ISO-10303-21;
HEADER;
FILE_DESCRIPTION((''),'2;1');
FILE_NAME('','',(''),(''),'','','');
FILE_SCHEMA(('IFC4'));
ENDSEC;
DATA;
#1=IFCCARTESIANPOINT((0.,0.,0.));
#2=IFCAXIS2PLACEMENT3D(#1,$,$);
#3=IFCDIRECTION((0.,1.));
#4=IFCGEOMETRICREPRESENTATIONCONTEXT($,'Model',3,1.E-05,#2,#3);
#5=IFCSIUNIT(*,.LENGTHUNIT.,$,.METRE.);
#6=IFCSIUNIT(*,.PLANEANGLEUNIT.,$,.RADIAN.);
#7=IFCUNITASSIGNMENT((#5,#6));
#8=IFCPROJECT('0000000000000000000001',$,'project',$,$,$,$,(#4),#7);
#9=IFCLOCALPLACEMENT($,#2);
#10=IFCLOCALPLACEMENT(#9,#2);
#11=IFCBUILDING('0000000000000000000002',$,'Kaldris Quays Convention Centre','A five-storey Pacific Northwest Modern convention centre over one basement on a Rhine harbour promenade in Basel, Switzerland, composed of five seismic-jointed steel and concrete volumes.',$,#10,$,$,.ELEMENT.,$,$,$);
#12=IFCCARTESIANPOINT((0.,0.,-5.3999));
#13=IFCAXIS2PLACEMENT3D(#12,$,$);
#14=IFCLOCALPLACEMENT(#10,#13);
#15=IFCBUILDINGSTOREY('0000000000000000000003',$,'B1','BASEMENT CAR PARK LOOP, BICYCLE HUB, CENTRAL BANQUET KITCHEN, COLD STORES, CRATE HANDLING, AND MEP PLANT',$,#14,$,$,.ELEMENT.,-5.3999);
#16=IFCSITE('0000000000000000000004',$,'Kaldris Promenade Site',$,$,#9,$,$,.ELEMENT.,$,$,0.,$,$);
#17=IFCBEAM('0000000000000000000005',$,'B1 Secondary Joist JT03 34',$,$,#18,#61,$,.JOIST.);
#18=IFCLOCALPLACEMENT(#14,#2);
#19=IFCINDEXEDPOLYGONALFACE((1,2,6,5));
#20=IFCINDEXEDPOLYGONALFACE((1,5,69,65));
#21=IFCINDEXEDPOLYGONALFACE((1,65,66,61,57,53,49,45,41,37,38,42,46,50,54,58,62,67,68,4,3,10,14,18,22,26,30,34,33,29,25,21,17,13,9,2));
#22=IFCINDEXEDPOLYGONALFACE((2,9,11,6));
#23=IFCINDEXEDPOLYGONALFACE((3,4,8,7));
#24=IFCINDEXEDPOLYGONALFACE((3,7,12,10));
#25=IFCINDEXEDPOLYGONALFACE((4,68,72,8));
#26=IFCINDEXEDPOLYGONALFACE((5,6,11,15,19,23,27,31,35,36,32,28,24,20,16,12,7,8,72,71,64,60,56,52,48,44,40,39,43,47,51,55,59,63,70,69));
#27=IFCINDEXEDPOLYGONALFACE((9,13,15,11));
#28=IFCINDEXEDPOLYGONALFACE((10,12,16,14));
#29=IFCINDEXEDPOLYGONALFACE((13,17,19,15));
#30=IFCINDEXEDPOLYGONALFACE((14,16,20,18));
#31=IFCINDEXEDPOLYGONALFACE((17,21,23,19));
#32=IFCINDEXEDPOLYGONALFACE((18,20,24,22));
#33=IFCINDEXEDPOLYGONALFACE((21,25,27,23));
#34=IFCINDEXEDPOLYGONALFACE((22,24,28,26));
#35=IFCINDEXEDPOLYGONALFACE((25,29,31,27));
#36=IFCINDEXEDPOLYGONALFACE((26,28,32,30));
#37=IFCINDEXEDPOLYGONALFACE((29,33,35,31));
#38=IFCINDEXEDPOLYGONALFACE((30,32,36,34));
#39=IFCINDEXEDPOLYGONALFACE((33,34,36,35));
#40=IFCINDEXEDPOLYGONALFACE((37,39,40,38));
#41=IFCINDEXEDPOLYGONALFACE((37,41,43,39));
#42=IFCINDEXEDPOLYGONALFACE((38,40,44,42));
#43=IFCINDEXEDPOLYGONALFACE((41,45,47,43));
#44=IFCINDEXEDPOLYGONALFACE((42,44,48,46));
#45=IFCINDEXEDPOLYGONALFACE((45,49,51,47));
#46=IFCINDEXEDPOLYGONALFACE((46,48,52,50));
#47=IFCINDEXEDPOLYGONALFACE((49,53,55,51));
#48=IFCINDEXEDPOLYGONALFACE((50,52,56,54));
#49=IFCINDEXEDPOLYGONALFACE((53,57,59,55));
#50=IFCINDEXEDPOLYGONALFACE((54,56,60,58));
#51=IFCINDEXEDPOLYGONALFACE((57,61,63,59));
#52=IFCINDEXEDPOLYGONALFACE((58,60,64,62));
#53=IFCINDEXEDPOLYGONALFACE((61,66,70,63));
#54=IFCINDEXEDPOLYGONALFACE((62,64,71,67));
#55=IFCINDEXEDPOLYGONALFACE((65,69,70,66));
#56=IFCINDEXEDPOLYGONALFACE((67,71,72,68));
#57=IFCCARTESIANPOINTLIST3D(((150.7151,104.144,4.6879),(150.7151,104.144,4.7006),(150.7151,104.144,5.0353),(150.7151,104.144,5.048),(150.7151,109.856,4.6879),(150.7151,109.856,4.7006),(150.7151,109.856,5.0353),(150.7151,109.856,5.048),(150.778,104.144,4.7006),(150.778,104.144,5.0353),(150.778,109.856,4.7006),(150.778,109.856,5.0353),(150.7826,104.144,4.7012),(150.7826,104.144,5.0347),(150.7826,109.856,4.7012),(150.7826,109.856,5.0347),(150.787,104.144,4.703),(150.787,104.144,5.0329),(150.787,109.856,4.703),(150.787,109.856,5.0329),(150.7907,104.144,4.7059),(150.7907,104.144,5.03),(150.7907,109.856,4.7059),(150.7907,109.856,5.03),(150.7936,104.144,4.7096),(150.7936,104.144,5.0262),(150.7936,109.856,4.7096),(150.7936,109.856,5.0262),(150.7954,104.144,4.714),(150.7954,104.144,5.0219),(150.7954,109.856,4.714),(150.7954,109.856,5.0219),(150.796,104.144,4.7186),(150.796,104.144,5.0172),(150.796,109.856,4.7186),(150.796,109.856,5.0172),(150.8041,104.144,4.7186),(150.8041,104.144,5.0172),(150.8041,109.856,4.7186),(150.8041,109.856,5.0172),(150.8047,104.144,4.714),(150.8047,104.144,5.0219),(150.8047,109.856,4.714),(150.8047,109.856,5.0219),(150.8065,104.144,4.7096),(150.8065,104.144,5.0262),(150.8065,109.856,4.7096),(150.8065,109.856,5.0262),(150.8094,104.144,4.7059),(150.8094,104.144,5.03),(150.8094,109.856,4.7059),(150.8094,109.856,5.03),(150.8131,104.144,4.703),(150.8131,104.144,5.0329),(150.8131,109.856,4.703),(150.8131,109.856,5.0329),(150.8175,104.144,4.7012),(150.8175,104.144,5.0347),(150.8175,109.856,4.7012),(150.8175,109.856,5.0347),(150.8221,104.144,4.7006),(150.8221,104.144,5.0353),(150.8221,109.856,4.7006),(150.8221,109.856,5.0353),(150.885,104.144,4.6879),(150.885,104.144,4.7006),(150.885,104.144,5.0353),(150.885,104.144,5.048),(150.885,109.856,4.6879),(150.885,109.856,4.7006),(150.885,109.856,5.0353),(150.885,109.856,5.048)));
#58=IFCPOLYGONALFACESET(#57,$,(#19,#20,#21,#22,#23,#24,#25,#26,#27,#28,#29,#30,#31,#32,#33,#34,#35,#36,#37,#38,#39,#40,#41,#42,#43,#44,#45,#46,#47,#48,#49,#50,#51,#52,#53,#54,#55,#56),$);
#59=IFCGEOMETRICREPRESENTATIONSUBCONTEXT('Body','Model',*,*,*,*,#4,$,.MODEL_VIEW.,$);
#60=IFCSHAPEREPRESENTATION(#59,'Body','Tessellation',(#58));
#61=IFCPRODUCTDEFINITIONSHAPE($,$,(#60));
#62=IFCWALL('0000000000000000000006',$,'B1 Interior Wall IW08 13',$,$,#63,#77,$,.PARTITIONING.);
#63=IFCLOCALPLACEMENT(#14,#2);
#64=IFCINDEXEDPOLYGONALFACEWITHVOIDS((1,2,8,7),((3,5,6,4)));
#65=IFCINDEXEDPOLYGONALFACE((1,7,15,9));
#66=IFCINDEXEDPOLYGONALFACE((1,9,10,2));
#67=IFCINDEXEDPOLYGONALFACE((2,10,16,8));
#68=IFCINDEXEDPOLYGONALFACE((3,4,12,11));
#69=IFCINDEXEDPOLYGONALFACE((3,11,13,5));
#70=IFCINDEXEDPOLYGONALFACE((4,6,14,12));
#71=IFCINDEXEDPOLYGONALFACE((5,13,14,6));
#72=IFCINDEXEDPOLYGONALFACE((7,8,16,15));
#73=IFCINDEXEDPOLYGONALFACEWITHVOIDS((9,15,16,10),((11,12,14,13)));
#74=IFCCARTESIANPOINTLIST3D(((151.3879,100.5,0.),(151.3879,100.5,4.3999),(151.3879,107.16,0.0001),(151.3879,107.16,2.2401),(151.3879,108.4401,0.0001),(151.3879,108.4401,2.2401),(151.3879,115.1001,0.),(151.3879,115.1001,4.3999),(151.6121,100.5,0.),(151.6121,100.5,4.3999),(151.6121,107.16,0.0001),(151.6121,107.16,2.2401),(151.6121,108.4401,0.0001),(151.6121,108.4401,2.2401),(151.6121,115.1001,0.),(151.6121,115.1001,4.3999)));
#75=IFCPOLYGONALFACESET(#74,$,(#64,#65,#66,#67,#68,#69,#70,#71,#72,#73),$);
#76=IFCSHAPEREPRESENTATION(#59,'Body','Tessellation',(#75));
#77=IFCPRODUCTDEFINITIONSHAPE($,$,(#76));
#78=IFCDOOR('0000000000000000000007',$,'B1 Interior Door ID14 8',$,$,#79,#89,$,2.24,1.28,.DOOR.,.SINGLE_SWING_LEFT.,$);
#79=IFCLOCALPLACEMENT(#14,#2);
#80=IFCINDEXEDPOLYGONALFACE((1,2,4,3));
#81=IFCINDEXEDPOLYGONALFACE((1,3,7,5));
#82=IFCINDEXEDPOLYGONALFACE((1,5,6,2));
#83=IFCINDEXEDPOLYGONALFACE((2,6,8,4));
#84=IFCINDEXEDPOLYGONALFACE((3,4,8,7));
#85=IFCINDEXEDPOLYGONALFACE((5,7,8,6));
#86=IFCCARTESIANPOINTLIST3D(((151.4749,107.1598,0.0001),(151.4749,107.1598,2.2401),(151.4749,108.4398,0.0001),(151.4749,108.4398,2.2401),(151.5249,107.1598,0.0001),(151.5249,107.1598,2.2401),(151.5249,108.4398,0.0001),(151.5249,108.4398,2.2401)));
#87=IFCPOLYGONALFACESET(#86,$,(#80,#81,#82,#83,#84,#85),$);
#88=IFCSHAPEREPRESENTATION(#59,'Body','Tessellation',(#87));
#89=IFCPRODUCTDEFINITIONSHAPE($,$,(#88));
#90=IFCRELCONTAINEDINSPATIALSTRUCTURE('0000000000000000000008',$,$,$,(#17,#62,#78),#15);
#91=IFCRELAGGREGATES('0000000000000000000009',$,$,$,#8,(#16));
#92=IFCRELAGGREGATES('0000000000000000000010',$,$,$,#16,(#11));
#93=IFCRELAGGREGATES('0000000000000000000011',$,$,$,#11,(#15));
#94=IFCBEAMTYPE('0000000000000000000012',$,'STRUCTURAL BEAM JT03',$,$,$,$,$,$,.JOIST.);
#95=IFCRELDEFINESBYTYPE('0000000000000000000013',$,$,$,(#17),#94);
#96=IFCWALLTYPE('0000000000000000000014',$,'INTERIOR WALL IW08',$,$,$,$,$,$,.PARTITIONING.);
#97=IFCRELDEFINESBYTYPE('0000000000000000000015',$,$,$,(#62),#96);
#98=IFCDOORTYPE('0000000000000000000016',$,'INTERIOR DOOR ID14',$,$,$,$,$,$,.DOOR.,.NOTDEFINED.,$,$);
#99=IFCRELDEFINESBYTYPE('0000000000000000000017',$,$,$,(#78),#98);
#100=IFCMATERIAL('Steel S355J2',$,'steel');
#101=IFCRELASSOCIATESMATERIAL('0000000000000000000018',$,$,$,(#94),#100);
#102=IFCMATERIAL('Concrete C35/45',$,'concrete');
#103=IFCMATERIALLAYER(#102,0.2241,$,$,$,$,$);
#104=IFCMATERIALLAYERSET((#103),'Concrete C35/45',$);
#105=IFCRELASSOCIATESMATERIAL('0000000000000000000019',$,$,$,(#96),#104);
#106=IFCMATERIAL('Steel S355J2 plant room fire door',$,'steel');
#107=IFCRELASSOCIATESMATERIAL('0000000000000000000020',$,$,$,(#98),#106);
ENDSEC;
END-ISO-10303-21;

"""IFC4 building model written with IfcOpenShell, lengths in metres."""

from ifc_helpers import new_model, si_unit, direction, frame, frame_2d, origin, origin_2d, place, context, subcontext, project, spatial, rectangle, i_section, extrude, material, layer, layer_set, material_profile, profile_set, type_object, element, fill, save


model = new_model("IFC4")

# Units and contexts
model_context = context("Model", 3, precision=1e-05, world=origin(), true_north=direction((0.0, 1.0)))
body_context = subcontext(model_context, "Body", "Model", "MODEL_VIEW")
ifc_project = project(units=[si_unit("LENGTHUNIT", "METRE"), si_unit("PLANEANGLEUNIT", "RADIAN")], contexts=[model_context])

# Site, building, storey
site_placement = place(None, origin())
site = spatial("IfcSite", under=ifc_project, at=site_placement, Name="Kaldris Promenade Site", CompositionType="ELEMENT", RefElevation=0.0)
building_placement = place(site_placement, origin())
building = spatial("IfcBuilding", under=site, at=building_placement, Name="Kaldris Quays Convention Centre", Description="A five-storey Pacific Northwest Modern convention centre over one basement on a Rhine harbour promenade in Basel, Switzerland, composed of five seismic-jointed steel and concrete volumes.", CompositionType="ELEMENT")
storey_placement = place(building_placement, frame((0.0, 0.0, -5.3999)))
storey = spatial("IfcBuildingStorey", under=building, at=storey_placement, Name="B1", Description="BASEMENT CAR PARK LOOP, BICYCLE HUB, CENTRAL BANQUET KITCHEN, COLD STORES, CRATE HANDLING, AND MEP PLANT", CompositionType="ELEMENT", Elevation=-5.3999)

# Shared definitions
ifc_material_1 = material(Name="Concrete C35/45", Category="concrete")

# Shared definitions
ifc_material_2 = material(Name="Steel S355J2", Category="steel")

# Beam
ifc_material_profile_1 = material_profile(ifc_material_2, i_section(OverallWidth=0.1699, OverallDepth=0.3601, WebThickness=0.0081, FlangeThickness=0.0127, FilletRadius=0.0181, at=origin_2d()), Name="IPE 360")
ifc_profile_set_1 = profile_set([ifc_material_profile_1], Name="Steel S355J2")
beam_type_1 = type_object("IfcBeamType", Name="STRUCTURAL BEAM JT03", PredefinedType="JOIST", material=ifc_profile_set_1)
beam_1_placement = place(storey_placement, frame((150.8, 104.144, 4.8679), z_axis=(0.0, 1.0, 0.0), x_axis=(-1.0, 0.0, 0.0)))
element("IfcBeam", 1, at=beam_1_placement, inside=storey, type_object=beam_type_1, Name="B1 Secondary Joist JT03 34", PredefinedType="JOIST", context=body_context, shape_type="SweptSolid", body=[
    extrude(i_section(OverallWidth=0.1699, OverallDepth=0.3601, WebThickness=0.0081, FlangeThickness=0.0127, FilletRadius=0.0181, at=origin_2d()), origin(), (0.0, 0.0, 1.0), 5.7119),
])

# Wall, opening, door
ifc_layer = layer(ifc_material_1, 0.2241)
ifc_layer_set = layer_set([ifc_layer], Name="Concrete C35/45")
wall_type = type_object("IfcWallType", Name="INTERIOR WALL IW08", PredefinedType="PARTITIONING", material=ifc_layer_set)
wall_placement = place(storey_placement, frame((151.5, 100.5, 0.0), z_axis=(0.0, 0.0, 1.0), x_axis=(0.0, 1.0, 0.0)))
wall = element("IfcWall", 2, at=wall_placement, inside=storey, type_object=wall_type, Name="B1 Interior Wall IW08 13", PredefinedType="PARTITIONING", context=body_context, shape_type="SweptSolid", body=[
    extrude(rectangle(XDim=14.6001, YDim=0.2241, at=frame_2d((7.3, 0.0))), origin(), (0.0, 0.0, 1.0), 4.3999),
])
opening_placement = place(wall_placement, frame((6.6599, 0.0, 0.0)))
opening = element("IfcOpeningElement", 3, at=opening_placement, cuts=wall, PredefinedType="OPENING", context=body_context, shape_type="SweptSolid", body=[
    extrude(rectangle(XDim=1.28, YDim=2.24, at=frame_2d((0.6401, 1.1201))), frame((0.0, 0.1221, 0.0), z_axis=(0.0, -1.0, 0.0), x_axis=(1.0, 0.0, 0.0)), (0.0, 0.0, 1.0), 0.2441),
])
ifc_material_3 = material(Name="Steel S355J2 plant room fire door", Category="steel")
door_type = type_object("IfcDoorType", Name="INTERIOR DOOR ID14", OperationType="NOTDEFINED", PredefinedType="DOOR", material=ifc_material_3)
door_placement = place(opening_placement, frame((1.28, 0.0, 0.0), z_axis=(0.0, 0.0, 1.0), x_axis=(-1.0, 0.0, 0.0)))
door = element("IfcDoor", 4, at=door_placement, inside=storey, type_object=door_type, Name="B1 Interior Door ID14 8", OperationType="SINGLE_SWING_LEFT", OverallHeight=2.24, OverallWidth=1.28, PredefinedType="DOOR", context=body_context, shape_type="SweptSolid", body=[
    extrude(rectangle(XDim=1.28, YDim=2.24, at=frame_2d((0.6401, 1.1201))), frame((0.0, 0.0249, 0.0), z_axis=(0.0, -1.0, 0.0), x_axis=(1.0, 0.0, 0.0)), (0.0, 0.0, 1.0), 0.05),
])
fill(opening, door)

save(model, "model.ifc")
